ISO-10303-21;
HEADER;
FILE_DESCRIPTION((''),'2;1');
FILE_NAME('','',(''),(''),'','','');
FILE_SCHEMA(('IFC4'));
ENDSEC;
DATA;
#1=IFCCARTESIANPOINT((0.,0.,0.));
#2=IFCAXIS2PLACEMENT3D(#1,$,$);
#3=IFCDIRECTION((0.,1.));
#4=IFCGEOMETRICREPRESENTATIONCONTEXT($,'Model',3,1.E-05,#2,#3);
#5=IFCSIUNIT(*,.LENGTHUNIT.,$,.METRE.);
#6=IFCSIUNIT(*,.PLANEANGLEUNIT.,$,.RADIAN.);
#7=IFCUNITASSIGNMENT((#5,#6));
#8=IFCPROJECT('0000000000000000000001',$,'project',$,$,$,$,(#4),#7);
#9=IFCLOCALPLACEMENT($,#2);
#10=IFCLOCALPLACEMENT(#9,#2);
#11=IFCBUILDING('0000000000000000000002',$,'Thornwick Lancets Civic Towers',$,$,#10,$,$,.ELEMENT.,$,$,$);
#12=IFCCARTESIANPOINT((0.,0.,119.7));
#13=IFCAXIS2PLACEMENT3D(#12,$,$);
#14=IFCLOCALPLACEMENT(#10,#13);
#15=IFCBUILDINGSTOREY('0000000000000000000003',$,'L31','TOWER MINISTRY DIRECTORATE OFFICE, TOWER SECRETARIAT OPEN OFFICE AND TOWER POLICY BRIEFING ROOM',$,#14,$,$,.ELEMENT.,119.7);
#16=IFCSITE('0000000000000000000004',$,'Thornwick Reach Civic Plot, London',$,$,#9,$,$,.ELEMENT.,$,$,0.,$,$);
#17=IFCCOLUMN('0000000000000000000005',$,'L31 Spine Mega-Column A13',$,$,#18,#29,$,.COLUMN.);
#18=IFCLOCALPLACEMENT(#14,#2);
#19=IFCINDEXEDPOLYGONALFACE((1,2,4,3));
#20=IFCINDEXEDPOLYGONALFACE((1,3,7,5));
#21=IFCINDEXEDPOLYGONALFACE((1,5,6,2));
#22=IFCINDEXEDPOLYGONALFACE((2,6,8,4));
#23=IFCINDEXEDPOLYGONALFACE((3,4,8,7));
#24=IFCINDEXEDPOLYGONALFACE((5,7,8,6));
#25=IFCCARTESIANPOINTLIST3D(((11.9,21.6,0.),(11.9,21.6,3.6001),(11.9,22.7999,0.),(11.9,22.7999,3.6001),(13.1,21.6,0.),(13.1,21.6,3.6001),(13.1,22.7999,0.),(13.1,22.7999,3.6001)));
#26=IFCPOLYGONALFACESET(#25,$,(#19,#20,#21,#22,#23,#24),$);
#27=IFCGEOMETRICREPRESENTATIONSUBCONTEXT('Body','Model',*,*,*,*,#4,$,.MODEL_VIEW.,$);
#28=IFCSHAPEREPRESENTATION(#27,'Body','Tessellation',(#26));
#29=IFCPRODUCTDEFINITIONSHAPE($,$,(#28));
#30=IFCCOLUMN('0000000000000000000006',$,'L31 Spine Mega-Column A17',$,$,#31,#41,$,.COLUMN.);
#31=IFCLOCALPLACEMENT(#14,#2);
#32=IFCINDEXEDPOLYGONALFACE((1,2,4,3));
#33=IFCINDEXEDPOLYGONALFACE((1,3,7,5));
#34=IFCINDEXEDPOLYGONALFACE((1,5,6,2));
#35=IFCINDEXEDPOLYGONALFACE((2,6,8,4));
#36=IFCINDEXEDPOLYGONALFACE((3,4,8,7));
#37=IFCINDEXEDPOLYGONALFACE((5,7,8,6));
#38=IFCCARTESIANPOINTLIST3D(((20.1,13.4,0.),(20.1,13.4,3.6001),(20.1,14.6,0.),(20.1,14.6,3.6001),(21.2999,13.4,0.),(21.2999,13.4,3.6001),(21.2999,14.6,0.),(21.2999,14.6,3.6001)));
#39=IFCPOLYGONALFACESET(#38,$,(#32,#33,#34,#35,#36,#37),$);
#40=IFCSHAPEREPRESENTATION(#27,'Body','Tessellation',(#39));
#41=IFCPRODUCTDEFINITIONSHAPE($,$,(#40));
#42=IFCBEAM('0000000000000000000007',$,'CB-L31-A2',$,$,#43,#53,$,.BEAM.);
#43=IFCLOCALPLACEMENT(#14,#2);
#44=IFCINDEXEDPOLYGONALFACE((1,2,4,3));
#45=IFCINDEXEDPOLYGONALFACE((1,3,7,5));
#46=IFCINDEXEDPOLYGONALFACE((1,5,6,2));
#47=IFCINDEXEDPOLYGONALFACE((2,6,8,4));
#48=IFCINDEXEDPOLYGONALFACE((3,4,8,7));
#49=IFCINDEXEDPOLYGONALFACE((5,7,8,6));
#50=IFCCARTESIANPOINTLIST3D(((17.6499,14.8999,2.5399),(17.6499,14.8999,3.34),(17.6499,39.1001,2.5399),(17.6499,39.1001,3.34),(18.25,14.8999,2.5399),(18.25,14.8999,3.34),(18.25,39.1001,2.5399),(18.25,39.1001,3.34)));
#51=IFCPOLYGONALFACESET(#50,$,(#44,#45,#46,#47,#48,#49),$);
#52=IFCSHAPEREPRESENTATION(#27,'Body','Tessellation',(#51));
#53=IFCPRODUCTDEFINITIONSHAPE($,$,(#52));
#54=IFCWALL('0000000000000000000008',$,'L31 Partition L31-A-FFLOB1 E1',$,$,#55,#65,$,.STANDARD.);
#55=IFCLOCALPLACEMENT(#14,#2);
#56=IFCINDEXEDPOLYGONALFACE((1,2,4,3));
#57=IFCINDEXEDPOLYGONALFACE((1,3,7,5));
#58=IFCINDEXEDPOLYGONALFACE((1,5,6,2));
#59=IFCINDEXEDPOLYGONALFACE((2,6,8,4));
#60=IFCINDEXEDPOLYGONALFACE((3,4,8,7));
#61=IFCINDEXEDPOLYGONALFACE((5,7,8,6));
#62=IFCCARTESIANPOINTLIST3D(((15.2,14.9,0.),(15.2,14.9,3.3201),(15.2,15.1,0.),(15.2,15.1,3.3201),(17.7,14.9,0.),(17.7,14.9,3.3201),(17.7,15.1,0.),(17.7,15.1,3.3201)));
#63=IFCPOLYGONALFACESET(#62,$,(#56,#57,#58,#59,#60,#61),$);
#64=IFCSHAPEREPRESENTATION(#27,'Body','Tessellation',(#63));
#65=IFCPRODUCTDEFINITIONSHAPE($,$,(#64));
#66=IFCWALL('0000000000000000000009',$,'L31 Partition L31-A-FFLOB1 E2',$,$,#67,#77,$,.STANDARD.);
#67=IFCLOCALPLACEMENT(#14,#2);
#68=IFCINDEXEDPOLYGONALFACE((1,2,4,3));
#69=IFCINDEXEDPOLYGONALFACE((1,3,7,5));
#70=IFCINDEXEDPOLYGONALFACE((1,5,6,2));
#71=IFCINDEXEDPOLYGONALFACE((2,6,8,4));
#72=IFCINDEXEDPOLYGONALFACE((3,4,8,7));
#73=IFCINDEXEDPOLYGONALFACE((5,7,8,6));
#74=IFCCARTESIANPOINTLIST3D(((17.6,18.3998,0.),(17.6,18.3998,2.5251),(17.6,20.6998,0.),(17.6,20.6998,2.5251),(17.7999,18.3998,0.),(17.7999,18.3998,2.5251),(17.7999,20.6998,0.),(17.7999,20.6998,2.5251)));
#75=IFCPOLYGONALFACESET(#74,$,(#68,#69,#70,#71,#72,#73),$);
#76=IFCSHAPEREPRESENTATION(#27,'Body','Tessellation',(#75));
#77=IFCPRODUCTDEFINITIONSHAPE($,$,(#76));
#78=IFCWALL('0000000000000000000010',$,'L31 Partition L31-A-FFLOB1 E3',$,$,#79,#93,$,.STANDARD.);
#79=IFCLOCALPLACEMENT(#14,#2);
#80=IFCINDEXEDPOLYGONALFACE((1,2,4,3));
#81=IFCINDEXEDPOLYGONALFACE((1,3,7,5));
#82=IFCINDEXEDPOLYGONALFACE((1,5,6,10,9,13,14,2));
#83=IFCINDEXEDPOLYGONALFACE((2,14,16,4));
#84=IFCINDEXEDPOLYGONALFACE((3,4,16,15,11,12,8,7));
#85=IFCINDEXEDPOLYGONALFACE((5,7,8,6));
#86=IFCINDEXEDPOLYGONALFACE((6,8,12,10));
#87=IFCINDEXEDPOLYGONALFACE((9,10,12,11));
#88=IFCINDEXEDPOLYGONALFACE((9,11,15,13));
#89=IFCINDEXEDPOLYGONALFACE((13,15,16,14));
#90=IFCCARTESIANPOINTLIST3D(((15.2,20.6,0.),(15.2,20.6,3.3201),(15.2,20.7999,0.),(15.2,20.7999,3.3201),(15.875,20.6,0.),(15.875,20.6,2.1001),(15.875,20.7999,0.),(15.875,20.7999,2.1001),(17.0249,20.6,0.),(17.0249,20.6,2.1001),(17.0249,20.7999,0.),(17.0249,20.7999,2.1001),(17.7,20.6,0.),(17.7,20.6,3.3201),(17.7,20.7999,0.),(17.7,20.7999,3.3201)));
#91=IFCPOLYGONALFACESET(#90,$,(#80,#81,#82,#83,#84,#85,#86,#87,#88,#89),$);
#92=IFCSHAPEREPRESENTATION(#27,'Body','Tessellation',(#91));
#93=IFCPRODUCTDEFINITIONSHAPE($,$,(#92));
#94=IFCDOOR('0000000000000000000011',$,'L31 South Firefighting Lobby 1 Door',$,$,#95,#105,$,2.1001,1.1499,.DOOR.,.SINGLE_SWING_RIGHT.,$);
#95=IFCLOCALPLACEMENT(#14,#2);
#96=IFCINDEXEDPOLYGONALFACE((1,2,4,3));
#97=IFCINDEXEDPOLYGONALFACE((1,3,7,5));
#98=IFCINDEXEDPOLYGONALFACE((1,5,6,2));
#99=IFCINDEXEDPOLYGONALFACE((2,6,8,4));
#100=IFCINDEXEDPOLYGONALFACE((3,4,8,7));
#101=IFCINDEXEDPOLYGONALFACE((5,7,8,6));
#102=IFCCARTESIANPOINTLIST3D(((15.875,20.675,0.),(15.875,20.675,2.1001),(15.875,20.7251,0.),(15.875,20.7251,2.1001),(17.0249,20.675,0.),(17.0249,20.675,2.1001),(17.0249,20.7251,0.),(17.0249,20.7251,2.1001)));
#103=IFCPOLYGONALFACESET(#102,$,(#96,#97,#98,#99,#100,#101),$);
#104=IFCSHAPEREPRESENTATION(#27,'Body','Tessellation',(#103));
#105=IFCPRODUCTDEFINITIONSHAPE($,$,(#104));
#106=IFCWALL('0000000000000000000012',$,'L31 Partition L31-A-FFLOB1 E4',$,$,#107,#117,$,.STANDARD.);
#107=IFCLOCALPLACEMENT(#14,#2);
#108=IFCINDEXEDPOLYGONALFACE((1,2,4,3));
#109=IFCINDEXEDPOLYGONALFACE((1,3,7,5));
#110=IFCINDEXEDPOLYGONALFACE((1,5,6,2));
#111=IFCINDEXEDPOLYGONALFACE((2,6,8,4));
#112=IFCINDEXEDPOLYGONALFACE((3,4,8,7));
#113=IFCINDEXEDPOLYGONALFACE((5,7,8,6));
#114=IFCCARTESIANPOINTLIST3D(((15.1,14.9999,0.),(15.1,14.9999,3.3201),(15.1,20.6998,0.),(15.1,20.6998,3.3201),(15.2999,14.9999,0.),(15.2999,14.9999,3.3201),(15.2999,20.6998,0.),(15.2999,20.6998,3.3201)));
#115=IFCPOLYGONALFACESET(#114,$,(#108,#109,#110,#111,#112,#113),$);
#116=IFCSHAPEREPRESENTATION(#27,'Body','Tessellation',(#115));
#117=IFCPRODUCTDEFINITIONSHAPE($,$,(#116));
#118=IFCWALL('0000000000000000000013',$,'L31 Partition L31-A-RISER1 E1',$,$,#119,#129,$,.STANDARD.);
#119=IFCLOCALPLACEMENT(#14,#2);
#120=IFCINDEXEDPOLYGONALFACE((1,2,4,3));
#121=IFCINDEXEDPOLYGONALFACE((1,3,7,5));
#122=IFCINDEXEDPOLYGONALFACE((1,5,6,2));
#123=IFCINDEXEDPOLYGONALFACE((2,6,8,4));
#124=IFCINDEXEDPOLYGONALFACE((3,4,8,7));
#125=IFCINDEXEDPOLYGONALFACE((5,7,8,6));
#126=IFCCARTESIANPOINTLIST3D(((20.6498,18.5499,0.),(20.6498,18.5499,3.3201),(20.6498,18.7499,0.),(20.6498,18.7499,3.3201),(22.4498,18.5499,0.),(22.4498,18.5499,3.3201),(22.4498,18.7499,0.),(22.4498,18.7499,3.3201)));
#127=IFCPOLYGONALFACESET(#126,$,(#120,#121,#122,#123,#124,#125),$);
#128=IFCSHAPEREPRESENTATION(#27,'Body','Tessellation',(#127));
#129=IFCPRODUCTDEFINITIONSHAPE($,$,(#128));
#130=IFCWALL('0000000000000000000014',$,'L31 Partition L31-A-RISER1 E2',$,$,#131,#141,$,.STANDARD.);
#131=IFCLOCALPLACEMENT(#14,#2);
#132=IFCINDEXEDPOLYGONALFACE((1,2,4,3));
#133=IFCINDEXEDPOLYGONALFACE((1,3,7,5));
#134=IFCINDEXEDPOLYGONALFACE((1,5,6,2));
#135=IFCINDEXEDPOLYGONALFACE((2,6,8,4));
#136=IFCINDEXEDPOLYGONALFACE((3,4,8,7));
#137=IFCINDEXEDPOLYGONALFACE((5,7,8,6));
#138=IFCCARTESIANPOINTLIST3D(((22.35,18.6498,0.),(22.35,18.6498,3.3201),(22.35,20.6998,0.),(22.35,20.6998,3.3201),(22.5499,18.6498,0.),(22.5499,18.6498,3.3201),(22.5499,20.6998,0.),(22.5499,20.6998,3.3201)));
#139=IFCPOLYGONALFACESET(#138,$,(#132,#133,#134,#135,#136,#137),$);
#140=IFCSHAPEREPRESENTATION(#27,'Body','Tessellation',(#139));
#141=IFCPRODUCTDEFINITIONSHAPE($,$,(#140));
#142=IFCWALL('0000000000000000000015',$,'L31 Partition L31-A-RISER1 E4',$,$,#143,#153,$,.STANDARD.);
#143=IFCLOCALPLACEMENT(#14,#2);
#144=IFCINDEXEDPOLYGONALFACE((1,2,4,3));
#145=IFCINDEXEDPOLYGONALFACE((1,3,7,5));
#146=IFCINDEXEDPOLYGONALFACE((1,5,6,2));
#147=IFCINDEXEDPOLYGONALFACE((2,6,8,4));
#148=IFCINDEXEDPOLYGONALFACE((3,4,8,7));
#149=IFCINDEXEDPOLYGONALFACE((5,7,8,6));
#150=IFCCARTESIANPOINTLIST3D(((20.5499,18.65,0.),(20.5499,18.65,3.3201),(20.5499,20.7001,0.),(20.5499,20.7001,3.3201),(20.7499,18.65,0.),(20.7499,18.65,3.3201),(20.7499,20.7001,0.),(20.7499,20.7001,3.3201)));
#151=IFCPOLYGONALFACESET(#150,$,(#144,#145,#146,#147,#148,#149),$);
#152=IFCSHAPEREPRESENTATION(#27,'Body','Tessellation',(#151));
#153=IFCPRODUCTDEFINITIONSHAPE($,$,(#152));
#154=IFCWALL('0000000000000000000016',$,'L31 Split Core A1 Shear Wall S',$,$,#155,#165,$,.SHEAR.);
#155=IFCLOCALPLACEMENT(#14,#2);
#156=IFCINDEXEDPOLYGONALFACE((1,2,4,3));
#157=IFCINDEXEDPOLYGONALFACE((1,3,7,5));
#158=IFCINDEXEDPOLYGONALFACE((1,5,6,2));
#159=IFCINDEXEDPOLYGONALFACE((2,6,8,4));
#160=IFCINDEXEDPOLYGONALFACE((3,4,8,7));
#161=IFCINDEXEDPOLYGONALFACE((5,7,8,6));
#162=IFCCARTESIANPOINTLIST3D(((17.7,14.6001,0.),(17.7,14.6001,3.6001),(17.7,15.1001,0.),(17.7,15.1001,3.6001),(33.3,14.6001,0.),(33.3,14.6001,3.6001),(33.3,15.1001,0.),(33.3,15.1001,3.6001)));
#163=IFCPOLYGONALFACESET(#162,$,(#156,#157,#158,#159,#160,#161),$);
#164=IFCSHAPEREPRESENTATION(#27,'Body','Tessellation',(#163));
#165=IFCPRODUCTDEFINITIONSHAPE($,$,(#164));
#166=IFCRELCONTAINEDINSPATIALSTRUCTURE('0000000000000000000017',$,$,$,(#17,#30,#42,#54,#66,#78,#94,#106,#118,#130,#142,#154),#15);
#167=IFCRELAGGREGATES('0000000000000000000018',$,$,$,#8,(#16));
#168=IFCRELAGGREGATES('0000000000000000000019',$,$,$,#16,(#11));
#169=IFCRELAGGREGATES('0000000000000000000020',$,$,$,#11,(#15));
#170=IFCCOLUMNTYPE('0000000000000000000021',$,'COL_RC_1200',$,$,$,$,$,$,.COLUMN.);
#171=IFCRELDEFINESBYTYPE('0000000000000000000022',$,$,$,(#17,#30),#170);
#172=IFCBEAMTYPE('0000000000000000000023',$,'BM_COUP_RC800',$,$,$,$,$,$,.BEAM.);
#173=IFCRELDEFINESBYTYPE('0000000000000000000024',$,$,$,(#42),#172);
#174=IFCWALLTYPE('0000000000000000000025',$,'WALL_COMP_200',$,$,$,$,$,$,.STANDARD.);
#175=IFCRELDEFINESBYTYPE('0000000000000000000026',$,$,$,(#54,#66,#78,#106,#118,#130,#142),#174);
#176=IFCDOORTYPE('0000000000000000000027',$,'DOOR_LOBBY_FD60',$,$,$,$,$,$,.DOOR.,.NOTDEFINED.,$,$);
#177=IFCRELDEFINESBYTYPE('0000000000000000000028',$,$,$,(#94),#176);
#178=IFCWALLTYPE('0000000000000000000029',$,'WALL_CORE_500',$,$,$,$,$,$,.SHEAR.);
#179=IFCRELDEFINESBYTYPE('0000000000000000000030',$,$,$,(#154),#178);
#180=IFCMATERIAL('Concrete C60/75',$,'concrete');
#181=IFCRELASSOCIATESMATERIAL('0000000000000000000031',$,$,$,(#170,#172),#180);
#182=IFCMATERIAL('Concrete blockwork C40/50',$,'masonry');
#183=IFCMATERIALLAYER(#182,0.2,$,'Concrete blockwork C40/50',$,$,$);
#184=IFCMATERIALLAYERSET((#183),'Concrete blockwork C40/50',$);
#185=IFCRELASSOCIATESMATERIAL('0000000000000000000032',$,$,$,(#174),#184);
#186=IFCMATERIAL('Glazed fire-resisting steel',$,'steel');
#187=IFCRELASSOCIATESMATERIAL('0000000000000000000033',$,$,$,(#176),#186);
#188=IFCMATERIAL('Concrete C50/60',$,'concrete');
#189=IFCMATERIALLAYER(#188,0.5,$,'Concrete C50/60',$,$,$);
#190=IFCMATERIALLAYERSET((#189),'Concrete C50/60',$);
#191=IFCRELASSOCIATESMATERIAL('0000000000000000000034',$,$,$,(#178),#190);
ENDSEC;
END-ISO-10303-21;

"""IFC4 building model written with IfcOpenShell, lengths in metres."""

from ifc_helpers import new_model, si_unit, direction, frame, frame_2d, origin, origin_2d, place, context, subcontext, project, spatial, rectangle, extrude, material, layer, layer_set, material_profile, profile_set, type_object, element, fill, save


model = new_model("IFC4")

# Units and contexts
model_context = context("Model", 3, precision=1e-05, world=origin(), true_north=direction((0.0, 1.0)))
body_context = subcontext(model_context, "Body", "Model", "MODEL_VIEW")
ifc_project = project(units=[si_unit("LENGTHUNIT", "METRE"), si_unit("PLANEANGLEUNIT", "RADIAN")], contexts=[model_context])

# Site, building, storey
site_placement = place(None, origin())
site = spatial("IfcSite", under=ifc_project, at=site_placement, Name="Thornwick Reach Civic Plot, London", CompositionType="ELEMENT", RefElevation=0.0)
building_placement = place(site_placement, origin())
building = spatial("IfcBuilding", under=site, at=building_placement, Name="Thornwick Lancets Civic Towers", CompositionType="ELEMENT")
storey_placement = place(building_placement, frame((0.0, 0.0, 119.7)))
storey = spatial("IfcBuildingStorey", under=building, at=storey_placement, Name="L31", Description="TOWER MINISTRY DIRECTORATE OFFICE, TOWER SECRETARIAT OPEN OFFICE AND TOWER POLICY BRIEFING ROOM", CompositionType="ELEMENT", Elevation=119.7)

# Columns
ifc_material_1 = material(Name="Concrete C60/75", Category="concrete")
ifc_material_profile_1 = material_profile(ifc_material_1, rectangle(XDim=1.2, YDim=1.2, at=origin_2d()), Name="RC 1200x1200")
ifc_profile_set_1 = profile_set([ifc_material_profile_1], Name="Concrete C60/75")
column_type = type_object("IfcColumnType", Name="COL_RC_1200", PredefinedType="COLUMN", material=ifc_profile_set_1)
for number, where, z_axis, x_axis, name in (
    (1, (12.5, 22.2, 0.0), (0.0, 0.0, 1.0), (1.0, 0.0, 0.0), "L31 Spine Mega-Column A13"),
    (2, (20.7, 14.0, 0.0), (0.0, 0.0, 1.0), (1.0, 0.0, 0.0), "L31 Spine Mega-Column A17"),
):
    element("IfcColumn", number, at=place(storey_placement, frame(where, z_axis=z_axis, x_axis=x_axis)), inside=storey, type_object=column_type, Name=name, PredefinedType="COLUMN", context=body_context, shape_type="SweptSolid", body=[
        extrude(rectangle(XDim=1.2, YDim=1.2, at=origin_2d()), origin(), (0.0, 0.0, 1.0), 3.6001),
    ])

# Beam
ifc_material_profile_2 = material_profile(ifc_material_1, rectangle(XDim=0.6001, YDim=0.8, at=origin_2d()), Name="RC 600x800")
ifc_profile_set_2 = profile_set([ifc_material_profile_2], Name="Concrete C60/75")
beam_type = type_object("IfcBeamType", Name="BM_COUP_RC800", PredefinedType="BEAM", material=ifc_profile_set_2)
beam_placement = place(storey_placement, frame((17.95, 14.8999, 2.9399), z_axis=(0.0, 1.0, 0.0), x_axis=(-1.0, 0.0, 0.0)))
element("IfcBeam", 3, at=beam_placement, inside=storey, type_object=beam_type, Name="CB-L31-A2", PredefinedType="BEAM", context=body_context, shape_type="SweptSolid", body=[
    extrude(rectangle(XDim=0.6001, YDim=0.8, at=origin_2d()), origin(), (0.0, 0.0, 1.0), 24.2002),
])

# Walls
ifc_material_2 = material(Name="Concrete blockwork C40/50", Category="masonry")
ifc_layer_1 = layer(ifc_material_2, 0.2, Name="Concrete blockwork C40/50")
ifc_layer_set_1 = layer_set([ifc_layer_1], Name="Concrete blockwork C40/50")
wall_type_1 = type_object("IfcWallType", Name="WALL_COMP_200", PredefinedType="STANDARD", material=ifc_layer_set_1)
wall_1_placement = place(storey_placement, frame((15.2, 15.0, 0.0), z_axis=(0.0, 0.0, 1.0), x_axis=(1.0, 0.0, 0.0)))
element("IfcWall", 4, at=wall_1_placement, inside=storey, type_object=wall_type_1, Name="L31 Partition L31-A-FFLOB1 E1", PredefinedType="STANDARD", context=body_context, shape_type="SweptSolid", body=[
    extrude(rectangle(XDim=2.5, YDim=0.2, at=frame_2d((1.25, 0.0))), origin(), (0.0, 0.0, 1.0), 3.3201),
])
wall_2_placement = place(storey_placement, frame((17.7, 18.3999, 0.0), z_axis=(0.0, 0.0, 1.0), x_axis=(0.0, 1.0, 0.0)))
element("IfcWall", 5, at=wall_2_placement, inside=storey, type_object=wall_type_1, Name="L31 Partition L31-A-FFLOB1 E2", PredefinedType="STANDARD", context=body_context, shape_type="SweptSolid", body=[
    extrude(rectangle(XDim=2.3, YDim=0.2, at=frame_2d((1.1499, 0.0))), origin(), (0.0, 0.0, 1.0), 2.5251),
])

# Wall, opening, door
wall_3_placement = place(storey_placement, frame((17.7, 20.7, 0.0), z_axis=(0.0, 0.0, 1.0), x_axis=(-1.0, 0.0, 0.0)))
wall_3 = element("IfcWall", 6, at=wall_3_placement, inside=storey, type_object=wall_type_1, Name="L31 Partition L31-A-FFLOB1 E3", PredefinedType="STANDARD", context=body_context, shape_type="SweptSolid", body=[
    extrude(rectangle(XDim=2.5, YDim=0.2, at=frame_2d((1.25, 0.0))), origin(), (0.0, 0.0, 1.0), 3.3201),
])
opening_1_placement = place(wall_3_placement, frame((0.675, 0.0, 0.0)))
opening_1 = element("IfcOpeningElement", 7, at=opening_1_placement, cuts=wall_3, PredefinedType="OPENING", context=body_context, shape_type="SweptSolid", body=[
    extrude(rectangle(XDim=1.1499, YDim=2.1001, at=frame_2d((0.575, 1.05))), frame((0.0, 0.1099, 0.0), z_axis=(0.0, -1.0, 0.0), x_axis=(1.0, 0.0, 0.0)), (0.0, 0.0, 1.0), 0.22),
])
ifc_material_3 = material(Name="Glazed fire-resisting steel", Category="steel")
door_type_1 = type_object("IfcDoorType", Name="DOOR_LOBBY_FD60", OperationType="NOTDEFINED", PredefinedType="DOOR", material=ifc_material_3)
door_1_placement = place(opening_1_placement, origin())
door_1 = element("IfcDoor", 8, at=door_1_placement, inside=storey, type_object=door_type_1, Name="L31 South Firefighting Lobby 1 Door", OperationType="SINGLE_SWING_RIGHT", OverallHeight=2.1001, OverallWidth=1.1499, PredefinedType="DOOR", context=body_context, shape_type="SweptSolid", body=[
    extrude(rectangle(XDim=1.1499, YDim=2.1001, at=frame_2d((0.575, 1.05))), frame((0.0, 0.0249, 0.0), z_axis=(0.0, -1.0, 0.0), x_axis=(1.0, 0.0, 0.0)), (0.0, 0.0, 1.0), 0.05),
])
fill(opening_1, door_1)

# Walls
wall_4_placement = place(storey_placement, frame((15.2, 20.7, 0.0), z_axis=(0.0, 0.0, 1.0), x_axis=(0.0, -1.0, 0.0)))
element("IfcWall", 9, at=wall_4_placement, inside=storey, type_object=wall_type_1, Name="L31 Partition L31-A-FFLOB1 E4", PredefinedType="STANDARD", context=body_context, shape_type="SweptSolid", body=[
    extrude(rectangle(XDim=5.7, YDim=0.2, at=frame_2d((2.8501, 0.0))), origin(), (0.0, 0.0, 1.0), 3.3201),
])
wall_5_placement = place(storey_placement, frame((20.6499, 18.6499, 0.0), z_axis=(0.0, 0.0, 1.0), x_axis=(1.0, 0.0, 0.0)))
element("IfcWall", 10, at=wall_5_placement, inside=storey, type_object=wall_type_1, Name="L31 Partition L31-A-RISER1 E1", PredefinedType="STANDARD", context=body_context, shape_type="SweptSolid", body=[
    extrude(rectangle(XDim=1.8, YDim=0.2, at=frame_2d((0.8999, 0.0))), origin(), (0.0, 0.0, 1.0), 3.3201),
])
for number, where, z_axis, x_axis, name in (
    (11, (22.45, 18.6499, 0.0), (0.0, 0.0, 1.0), (0.0, 1.0, 0.0), "L31 Partition L31-A-RISER1 E2"),
    (12, (20.6499, 20.7, 0.0), (0.0, 0.0, 1.0), (0.0, -1.0, 0.0), "L31 Partition L31-A-RISER1 E4"),
):
    element("IfcWall", number, at=place(storey_placement, frame(where, z_axis=z_axis, x_axis=x_axis)), inside=storey, type_object=wall_type_1, Name=name, PredefinedType="STANDARD", context=body_context, shape_type="SweptSolid", body=[
        extrude(rectangle(XDim=2.05, YDim=0.2, at=frame_2d((1.0249, 0.0))), origin(), (0.0, 0.0, 1.0), 3.3201),
    ])
ifc_material_4 = material(Name="Concrete C50/60", Category="concrete")
ifc_layer_2 = layer(ifc_material_4, 0.5, Name="Concrete C50/60")
ifc_layer_set_2 = layer_set([ifc_layer_2], Name="Concrete C50/60")
wall_type_2 = type_object("IfcWallType", Name="WALL_CORE_500", PredefinedType="SHEAR", material=ifc_layer_set_2)
wall_6_placement = place(storey_placement, frame((17.7, 14.8501, 0.0), z_axis=(0.0, 0.0, 1.0), x_axis=(1.0, 0.0, 0.0)))
element("IfcWall", 13, at=wall_6_placement, inside=storey, type_object=wall_type_2, Name="L31 Split Core A1 Shear Wall S", PredefinedType="SHEAR", context=body_context, shape_type="SweptSolid", body=[
    extrude(rectangle(XDim=15.6001, YDim=0.5, at=frame_2d((7.8, 0.0))), origin(), (0.0, 0.0, 1.0), 3.6001),
])

save(model, "model.ifc")
